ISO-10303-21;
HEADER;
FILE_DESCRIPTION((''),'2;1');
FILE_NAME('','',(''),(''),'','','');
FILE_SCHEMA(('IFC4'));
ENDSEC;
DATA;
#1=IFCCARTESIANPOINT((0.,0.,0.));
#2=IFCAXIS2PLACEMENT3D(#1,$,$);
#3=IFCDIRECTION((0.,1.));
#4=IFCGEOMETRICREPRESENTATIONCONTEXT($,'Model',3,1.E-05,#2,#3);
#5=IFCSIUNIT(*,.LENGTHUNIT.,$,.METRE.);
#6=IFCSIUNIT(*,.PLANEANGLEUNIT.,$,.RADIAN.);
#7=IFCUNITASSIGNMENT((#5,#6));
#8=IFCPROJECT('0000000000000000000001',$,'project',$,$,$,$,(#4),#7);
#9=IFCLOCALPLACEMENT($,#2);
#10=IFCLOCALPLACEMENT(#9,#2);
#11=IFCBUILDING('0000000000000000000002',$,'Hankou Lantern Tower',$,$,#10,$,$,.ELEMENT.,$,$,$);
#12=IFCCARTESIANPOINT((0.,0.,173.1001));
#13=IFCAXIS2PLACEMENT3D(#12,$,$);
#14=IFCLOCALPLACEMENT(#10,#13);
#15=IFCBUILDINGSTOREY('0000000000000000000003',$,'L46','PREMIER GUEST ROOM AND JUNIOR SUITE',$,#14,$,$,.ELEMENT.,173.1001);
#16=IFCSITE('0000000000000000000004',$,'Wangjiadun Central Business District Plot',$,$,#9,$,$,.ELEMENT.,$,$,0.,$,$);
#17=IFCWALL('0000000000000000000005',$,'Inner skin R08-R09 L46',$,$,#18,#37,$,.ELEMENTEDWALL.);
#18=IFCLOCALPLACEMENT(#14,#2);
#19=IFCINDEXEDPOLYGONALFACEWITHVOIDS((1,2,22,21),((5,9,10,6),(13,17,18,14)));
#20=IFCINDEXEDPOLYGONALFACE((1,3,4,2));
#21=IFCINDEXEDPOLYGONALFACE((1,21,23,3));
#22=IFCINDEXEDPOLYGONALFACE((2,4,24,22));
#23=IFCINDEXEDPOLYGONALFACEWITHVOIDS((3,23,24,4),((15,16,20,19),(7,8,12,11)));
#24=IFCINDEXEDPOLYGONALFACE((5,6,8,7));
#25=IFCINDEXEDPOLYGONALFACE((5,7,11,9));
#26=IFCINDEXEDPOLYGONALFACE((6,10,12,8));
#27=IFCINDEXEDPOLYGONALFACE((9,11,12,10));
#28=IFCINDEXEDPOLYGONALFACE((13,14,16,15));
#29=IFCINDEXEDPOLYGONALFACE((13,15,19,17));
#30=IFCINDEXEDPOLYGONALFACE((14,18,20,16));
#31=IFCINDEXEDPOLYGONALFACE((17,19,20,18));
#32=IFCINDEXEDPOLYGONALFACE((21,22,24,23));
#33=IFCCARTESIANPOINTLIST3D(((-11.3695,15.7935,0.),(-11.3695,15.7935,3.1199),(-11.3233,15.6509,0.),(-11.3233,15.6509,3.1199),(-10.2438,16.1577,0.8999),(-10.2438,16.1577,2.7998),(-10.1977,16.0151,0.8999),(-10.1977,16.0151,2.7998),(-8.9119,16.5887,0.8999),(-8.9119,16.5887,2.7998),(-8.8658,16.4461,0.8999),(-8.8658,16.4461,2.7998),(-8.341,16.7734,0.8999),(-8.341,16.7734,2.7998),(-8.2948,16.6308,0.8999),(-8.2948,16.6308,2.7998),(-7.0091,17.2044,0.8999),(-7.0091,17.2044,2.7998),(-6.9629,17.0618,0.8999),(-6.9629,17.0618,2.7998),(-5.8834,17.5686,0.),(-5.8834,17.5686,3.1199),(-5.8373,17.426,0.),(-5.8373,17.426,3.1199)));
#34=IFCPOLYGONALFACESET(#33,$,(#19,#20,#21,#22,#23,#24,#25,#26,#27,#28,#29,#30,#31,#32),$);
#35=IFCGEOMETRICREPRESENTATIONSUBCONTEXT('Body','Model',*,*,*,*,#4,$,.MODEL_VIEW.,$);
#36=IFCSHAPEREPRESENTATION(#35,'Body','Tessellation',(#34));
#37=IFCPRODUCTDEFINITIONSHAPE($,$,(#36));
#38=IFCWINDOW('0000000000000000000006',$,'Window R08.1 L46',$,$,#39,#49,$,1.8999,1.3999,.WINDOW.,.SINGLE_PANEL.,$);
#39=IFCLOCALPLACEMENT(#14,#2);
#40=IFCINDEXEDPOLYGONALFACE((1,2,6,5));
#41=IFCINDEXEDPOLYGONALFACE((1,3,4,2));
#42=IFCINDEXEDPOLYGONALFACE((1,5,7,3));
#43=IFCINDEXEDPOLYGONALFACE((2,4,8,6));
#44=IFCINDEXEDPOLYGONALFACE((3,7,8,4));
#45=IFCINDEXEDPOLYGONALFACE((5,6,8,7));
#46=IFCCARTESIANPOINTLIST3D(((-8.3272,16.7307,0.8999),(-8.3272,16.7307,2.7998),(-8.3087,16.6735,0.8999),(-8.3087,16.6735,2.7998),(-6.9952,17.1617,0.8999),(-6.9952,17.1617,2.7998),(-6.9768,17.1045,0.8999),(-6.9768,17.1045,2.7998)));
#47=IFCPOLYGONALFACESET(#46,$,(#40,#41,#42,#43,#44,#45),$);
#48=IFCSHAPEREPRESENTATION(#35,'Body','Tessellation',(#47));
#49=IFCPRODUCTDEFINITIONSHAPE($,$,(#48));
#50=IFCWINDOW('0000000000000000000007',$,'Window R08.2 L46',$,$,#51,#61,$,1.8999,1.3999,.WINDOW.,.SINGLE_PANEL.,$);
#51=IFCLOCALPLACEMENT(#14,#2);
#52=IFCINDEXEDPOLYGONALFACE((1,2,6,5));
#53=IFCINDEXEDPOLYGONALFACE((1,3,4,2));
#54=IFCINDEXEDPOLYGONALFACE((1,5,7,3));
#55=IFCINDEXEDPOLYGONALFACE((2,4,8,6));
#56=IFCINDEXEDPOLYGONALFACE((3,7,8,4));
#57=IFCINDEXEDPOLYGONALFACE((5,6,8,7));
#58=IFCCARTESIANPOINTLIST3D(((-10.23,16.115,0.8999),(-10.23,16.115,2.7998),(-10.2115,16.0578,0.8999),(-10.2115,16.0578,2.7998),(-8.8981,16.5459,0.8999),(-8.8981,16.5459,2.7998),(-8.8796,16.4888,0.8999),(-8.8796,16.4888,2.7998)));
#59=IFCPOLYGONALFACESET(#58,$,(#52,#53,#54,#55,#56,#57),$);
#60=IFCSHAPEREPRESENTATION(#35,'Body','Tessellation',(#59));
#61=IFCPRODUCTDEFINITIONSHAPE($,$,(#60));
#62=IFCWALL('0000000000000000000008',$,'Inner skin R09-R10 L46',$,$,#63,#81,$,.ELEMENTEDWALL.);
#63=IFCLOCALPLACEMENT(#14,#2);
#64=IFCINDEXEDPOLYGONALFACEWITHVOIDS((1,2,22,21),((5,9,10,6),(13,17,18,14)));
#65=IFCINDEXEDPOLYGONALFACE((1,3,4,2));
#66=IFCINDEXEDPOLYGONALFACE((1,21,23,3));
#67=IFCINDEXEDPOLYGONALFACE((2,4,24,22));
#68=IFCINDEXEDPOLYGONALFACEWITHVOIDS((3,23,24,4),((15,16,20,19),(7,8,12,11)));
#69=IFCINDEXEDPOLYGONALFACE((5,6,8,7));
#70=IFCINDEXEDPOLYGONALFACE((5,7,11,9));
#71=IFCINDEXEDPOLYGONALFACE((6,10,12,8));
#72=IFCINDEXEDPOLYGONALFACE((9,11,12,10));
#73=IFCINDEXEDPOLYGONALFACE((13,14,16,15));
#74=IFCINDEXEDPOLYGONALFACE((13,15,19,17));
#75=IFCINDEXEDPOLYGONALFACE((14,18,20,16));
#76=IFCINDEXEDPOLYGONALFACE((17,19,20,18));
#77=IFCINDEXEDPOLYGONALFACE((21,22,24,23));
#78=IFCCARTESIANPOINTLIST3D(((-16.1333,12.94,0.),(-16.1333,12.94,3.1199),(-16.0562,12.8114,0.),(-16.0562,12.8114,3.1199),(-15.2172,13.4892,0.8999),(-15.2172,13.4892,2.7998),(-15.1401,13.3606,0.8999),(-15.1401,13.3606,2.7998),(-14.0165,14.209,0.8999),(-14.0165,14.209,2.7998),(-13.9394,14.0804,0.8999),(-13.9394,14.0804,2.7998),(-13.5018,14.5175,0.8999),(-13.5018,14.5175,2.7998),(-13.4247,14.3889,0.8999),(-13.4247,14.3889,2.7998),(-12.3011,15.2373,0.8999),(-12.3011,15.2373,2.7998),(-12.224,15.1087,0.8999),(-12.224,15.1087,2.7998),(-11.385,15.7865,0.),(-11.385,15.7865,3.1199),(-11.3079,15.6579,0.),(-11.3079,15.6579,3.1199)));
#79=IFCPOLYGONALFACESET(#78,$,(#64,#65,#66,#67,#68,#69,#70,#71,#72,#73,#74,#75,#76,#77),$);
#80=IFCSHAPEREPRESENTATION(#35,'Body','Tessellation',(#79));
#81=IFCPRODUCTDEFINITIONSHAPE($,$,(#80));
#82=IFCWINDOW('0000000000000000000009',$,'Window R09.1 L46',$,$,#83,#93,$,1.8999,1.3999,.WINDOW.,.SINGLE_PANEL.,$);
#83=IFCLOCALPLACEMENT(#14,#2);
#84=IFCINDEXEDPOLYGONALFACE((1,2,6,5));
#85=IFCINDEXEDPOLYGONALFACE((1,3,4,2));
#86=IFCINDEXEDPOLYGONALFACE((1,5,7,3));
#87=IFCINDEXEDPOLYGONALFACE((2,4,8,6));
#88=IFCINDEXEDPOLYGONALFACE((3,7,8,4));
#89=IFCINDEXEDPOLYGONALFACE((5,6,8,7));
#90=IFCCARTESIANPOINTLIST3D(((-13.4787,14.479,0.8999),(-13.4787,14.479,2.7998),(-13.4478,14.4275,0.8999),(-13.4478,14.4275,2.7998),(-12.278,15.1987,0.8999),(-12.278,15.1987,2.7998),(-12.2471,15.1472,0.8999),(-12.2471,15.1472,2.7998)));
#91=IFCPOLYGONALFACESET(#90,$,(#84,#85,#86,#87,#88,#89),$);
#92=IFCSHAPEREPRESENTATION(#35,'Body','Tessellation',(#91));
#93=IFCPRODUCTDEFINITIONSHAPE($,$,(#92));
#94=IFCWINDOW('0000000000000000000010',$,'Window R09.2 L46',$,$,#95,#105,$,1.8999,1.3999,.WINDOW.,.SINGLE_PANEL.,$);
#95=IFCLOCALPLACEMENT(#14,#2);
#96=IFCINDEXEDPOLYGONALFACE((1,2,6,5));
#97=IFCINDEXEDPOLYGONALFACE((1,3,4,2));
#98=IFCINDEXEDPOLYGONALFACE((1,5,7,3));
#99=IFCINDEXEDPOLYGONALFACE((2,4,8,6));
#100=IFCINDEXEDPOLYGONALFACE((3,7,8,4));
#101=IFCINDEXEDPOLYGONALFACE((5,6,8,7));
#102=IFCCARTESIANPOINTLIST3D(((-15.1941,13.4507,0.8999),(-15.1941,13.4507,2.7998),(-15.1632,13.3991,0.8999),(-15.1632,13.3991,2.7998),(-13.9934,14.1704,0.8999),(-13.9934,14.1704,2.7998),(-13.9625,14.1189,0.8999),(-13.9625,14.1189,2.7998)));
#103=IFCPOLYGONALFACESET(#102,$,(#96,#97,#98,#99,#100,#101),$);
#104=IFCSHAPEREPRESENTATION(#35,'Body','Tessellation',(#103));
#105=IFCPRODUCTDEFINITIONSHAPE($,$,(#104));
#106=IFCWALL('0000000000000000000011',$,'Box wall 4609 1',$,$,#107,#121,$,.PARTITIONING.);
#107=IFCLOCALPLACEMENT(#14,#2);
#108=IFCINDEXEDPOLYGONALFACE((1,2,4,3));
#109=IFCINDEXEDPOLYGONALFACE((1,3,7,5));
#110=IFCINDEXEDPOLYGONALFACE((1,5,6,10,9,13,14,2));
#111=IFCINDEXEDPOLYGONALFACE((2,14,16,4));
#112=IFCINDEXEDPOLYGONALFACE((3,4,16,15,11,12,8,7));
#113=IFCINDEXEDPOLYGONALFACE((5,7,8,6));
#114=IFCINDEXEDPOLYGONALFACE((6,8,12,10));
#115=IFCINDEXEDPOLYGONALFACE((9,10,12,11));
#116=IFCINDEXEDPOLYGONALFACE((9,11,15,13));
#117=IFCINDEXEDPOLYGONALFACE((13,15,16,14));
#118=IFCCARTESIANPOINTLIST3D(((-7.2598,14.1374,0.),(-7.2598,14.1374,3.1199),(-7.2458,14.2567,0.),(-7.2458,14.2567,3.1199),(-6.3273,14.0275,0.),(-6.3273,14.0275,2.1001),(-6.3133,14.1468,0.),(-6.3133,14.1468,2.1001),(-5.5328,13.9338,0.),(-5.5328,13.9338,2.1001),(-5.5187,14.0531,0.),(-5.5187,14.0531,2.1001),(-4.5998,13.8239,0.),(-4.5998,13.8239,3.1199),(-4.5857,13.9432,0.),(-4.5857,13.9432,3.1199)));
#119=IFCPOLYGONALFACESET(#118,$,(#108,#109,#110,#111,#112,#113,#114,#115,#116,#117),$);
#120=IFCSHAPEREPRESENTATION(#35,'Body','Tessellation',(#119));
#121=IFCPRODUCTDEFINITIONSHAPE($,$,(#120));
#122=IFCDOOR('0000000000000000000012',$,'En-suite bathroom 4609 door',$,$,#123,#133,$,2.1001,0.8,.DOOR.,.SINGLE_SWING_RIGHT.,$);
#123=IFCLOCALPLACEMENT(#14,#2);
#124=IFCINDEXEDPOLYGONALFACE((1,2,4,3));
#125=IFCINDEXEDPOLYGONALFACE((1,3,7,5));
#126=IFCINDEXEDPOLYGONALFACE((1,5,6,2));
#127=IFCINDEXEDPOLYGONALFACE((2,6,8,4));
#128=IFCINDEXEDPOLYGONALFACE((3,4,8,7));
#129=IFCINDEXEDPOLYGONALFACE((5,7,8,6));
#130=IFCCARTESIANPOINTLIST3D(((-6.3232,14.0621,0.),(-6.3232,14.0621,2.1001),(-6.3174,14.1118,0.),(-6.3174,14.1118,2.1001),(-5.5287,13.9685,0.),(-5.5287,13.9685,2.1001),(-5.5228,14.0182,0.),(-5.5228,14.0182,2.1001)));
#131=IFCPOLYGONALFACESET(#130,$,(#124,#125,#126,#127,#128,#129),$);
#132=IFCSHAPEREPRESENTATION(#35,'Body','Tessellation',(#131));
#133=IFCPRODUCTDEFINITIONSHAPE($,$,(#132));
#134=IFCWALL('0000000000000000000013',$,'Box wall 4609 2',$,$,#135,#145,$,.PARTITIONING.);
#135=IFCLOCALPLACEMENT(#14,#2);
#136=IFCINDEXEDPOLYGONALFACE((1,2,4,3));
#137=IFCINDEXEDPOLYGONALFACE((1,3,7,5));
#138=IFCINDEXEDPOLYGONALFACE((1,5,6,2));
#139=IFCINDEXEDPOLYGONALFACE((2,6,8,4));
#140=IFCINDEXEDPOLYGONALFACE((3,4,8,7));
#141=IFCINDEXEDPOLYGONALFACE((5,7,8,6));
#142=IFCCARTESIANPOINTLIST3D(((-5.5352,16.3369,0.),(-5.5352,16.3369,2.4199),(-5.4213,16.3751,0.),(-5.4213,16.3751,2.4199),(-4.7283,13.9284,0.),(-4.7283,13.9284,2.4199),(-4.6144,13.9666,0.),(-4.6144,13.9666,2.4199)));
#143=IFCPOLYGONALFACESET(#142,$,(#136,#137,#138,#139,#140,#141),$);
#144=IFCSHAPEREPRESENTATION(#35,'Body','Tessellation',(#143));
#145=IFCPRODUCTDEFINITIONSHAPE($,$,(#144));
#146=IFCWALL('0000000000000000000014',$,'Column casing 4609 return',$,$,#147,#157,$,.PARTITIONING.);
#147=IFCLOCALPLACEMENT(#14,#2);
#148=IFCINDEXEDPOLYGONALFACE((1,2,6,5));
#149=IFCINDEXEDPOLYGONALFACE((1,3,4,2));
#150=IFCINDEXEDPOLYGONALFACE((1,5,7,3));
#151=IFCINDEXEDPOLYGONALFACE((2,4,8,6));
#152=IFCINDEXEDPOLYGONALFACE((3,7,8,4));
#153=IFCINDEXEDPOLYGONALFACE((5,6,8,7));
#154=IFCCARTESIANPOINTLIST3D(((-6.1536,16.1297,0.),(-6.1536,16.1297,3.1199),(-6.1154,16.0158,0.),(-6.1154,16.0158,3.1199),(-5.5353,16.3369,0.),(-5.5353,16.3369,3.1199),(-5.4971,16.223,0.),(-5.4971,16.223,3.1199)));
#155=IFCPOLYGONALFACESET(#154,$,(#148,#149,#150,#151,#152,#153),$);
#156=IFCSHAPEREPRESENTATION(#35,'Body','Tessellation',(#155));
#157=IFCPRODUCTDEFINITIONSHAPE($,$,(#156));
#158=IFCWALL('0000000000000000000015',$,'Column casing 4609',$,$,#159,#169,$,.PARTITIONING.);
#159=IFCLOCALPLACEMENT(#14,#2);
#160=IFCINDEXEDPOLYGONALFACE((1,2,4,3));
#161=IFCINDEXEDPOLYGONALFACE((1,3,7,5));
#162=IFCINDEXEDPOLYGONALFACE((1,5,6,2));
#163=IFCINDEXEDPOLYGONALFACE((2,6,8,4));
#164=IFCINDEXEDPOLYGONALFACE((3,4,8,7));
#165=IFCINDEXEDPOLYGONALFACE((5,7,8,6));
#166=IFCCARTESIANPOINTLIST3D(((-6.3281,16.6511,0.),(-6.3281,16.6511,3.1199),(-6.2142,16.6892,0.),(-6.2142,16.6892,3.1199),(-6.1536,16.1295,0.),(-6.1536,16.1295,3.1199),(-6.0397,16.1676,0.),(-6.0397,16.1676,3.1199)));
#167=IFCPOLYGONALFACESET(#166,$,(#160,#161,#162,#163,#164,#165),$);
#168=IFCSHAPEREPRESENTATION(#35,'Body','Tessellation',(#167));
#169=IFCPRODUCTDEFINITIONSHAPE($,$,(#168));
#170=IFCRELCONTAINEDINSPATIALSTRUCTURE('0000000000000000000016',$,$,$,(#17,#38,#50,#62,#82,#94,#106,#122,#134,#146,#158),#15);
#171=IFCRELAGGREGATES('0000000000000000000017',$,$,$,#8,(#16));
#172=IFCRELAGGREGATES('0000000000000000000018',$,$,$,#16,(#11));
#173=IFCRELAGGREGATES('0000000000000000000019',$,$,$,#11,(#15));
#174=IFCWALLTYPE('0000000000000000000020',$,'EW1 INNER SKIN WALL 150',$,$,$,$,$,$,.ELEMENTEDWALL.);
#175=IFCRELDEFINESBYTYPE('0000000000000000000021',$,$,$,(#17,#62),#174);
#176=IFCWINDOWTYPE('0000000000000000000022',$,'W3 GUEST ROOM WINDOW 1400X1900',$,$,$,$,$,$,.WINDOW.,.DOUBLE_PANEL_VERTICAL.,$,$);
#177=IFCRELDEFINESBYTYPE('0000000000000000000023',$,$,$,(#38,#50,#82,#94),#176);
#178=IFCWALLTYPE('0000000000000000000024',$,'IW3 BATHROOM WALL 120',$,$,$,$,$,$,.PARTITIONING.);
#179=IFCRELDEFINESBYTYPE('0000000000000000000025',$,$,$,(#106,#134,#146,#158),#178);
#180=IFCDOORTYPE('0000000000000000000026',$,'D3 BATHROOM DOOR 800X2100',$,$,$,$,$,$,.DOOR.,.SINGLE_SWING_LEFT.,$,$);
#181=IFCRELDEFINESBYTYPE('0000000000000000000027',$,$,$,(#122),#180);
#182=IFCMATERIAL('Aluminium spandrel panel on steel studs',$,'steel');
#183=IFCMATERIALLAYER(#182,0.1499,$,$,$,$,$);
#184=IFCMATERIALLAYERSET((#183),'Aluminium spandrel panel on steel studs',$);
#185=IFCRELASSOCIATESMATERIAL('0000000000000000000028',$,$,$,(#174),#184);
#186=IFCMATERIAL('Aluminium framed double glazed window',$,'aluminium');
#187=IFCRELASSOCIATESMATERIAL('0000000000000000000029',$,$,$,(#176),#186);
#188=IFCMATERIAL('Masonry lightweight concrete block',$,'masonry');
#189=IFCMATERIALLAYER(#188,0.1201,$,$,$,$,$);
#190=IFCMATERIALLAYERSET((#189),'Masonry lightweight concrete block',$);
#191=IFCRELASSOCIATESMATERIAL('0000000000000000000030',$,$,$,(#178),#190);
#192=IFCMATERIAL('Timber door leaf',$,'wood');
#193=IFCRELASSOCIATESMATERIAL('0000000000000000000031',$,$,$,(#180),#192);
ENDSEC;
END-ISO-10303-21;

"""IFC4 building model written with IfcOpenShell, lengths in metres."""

from ifc_helpers import new_model, si_unit, direction, frame, frame_2d, origin, place, context, subcontext, project, spatial, rectangle, extrude, material, layer, layer_set, type_object, element, fill, save


model = new_model("IFC4")

# Units and contexts
model_context = context("Model", 3, precision=1e-05, world=origin(), true_north=direction((0.0, 1.0)))
body_context = subcontext(model_context, "Body", "Model", "MODEL_VIEW")
ifc_project = project(units=[si_unit("LENGTHUNIT", "METRE"), si_unit("PLANEANGLEUNIT", "RADIAN")], contexts=[model_context])

# Site, building, storey
site_placement = place(None, origin())
site = spatial("IfcSite", under=ifc_project, at=site_placement, Name="Wangjiadun Central Business District Plot", CompositionType="ELEMENT", RefElevation=0.0)
building_placement = place(site_placement, origin())
building = spatial("IfcBuilding", under=site, at=building_placement, Name="Hankou Lantern Tower", CompositionType="ELEMENT")
storey_placement = place(building_placement, frame((0.0, 0.0, 173.1001)))
storey = spatial("IfcBuildingStorey", under=building, at=storey_placement, Name="L46", Description="PREMIER GUEST ROOM AND JUNIOR SUITE", CompositionType="ELEMENT", Elevation=173.1001)

# Walls, openings, windows
ifc_material_1 = material(Name="Aluminium spandrel panel on steel studs", Category="steel")
ifc_layer_1 = layer(ifc_material_1, 0.1499)
ifc_layer_set_1 = layer_set([ifc_layer_1], Name="Aluminium spandrel panel on steel studs")
wall_type_1 = type_object("IfcWallType", Name="EW1 INNER SKIN WALL 150", PredefinedType="ELEMENTEDWALL", material=ifc_layer_set_1)
wall_1_placement = place(storey_placement, frame((-5.8604, 17.4973, 0.0), z_axis=(0.0, 0.0, 1.0), x_axis=(-0.951432, -0.307857, 0.0)))
wall_1 = element("IfcWall", 1, at=wall_1_placement, inside=storey, type_object=wall_type_1, Name="Inner skin R08-R09 L46", PredefinedType="ELEMENTEDWALL", context=body_context, shape_type="SweptSolid", body=[
    extrude(rectangle(XDim=5.7661, YDim=0.1499, at=frame_2d((2.8831, 0.0))), origin(), (0.0, 0.0, 1.0), 3.1199),
])
opening_1_placement = place(wall_1_placement, frame((1.1831, 0.0, 0.8999)))
opening_1 = element("IfcOpeningElement", 2, at=opening_1_placement, cuts=wall_1, PredefinedType="OPENING", context=body_context, shape_type="SweptSolid", body=[
    extrude(rectangle(XDim=1.3999, YDim=1.8999, at=frame_2d((0.7, 0.95))), frame((0.0, 0.085, 0.0), z_axis=(0.0, -1.0, 0.0), x_axis=(1.0, 0.0, 0.0)), (0.0, 0.0, 1.0), 0.1699),
])
opening_2_placement = place(wall_1_placement, frame((3.1831, 0.0, 0.8999)))
opening_2 = element("IfcOpeningElement", 3, at=opening_2_placement, cuts=wall_1, PredefinedType="OPENING", context=body_context, shape_type="SweptSolid", body=[
    extrude(rectangle(XDim=1.3999, YDim=1.8999, at=frame_2d((0.7, 0.95))), frame((0.0, 0.085, 0.0), z_axis=(0.0, -1.0, 0.0), x_axis=(1.0, 0.0, 0.0)), (0.0, 0.0, 1.0), 0.1699),
])
ifc_material_2 = material(Name="Aluminium framed double glazed window", Category="aluminium")
window_type = type_object("IfcWindowType", Name="W3 GUEST ROOM WINDOW 1400X1900", PartitioningType="DOUBLE_PANEL_VERTICAL", PredefinedType="WINDOW", material=ifc_material_2)
window_1_placement = place(opening_1_placement, origin())
window_1 = element("IfcWindow", 4, at=window_1_placement, inside=storey, type_object=window_type, Name="Window R08.1 L46", OverallHeight=1.8999, OverallWidth=1.3999, PartitioningType="SINGLE_PANEL", PredefinedType="WINDOW", context=body_context, shape_type="SweptSolid", body=[
    extrude(rectangle(XDim=1.3999, YDim=1.8999, at=frame_2d((0.7, 0.95))), frame((0.0, 0.03, 0.0), z_axis=(0.0, -1.0, 0.0), x_axis=(1.0, 0.0, 0.0)), (0.0, 0.0, 1.0), 0.0601),
])
fill(opening_1, window_1)
window_2_placement = place(opening_2_placement, origin())
window_2 = element("IfcWindow", 5, at=window_2_placement, inside=storey, type_object=window_type, Name="Window R08.2 L46", OverallHeight=1.8999, OverallWidth=1.3999, PartitioningType="SINGLE_PANEL", PredefinedType="WINDOW", context=body_context, shape_type="SweptSolid", body=[
    extrude(rectangle(XDim=1.3999, YDim=1.8999, at=frame_2d((0.7, 0.95))), frame((0.0, 0.03, 0.0), z_axis=(0.0, -1.0, 0.0), x_axis=(1.0, 0.0, 0.0)), (0.0, 0.0, 1.0), 0.0601),
])
fill(opening_2, window_2)
wall_2_placement = place(storey_placement, frame((-11.3464, 15.7222, 0.0), z_axis=(0.0, 0.0, 1.0), x_axis=(-0.857695, -0.514158, 0.0)))
wall_2 = element("IfcWall", 6, at=wall_2_placement, inside=storey, type_object=wall_type_1, Name="Inner skin R09-R10 L46", PredefinedType="ELEMENTEDWALL", context=body_context, shape_type="SweptSolid", body=[
    extrude(rectangle(XDim=5.5361, YDim=0.1499, at=frame_2d((2.7681, 0.0))), origin(), (0.0, 0.0, 1.0), 3.1199),
])
opening_3_placement = place(wall_2_placement, frame((1.0681, 0.0, 0.8999)))
opening_3 = element("IfcOpeningElement", 7, at=opening_3_placement, cuts=wall_2, PredefinedType="OPENING", context=body_context, shape_type="SweptSolid", body=[
    extrude(rectangle(XDim=1.3999, YDim=1.8999, at=frame_2d((0.7, 0.95))), frame((0.0, 0.085, 0.0), z_axis=(0.0, -1.0, 0.0), x_axis=(1.0, 0.0, 0.0)), (0.0, 0.0, 1.0), 0.1699),
])
opening_4_placement = place(wall_2_placement, frame((3.0681, 0.0, 0.8999)))
opening_4 = element("IfcOpeningElement", 8, at=opening_4_placement, cuts=wall_2, PredefinedType="OPENING", context=body_context, shape_type="SweptSolid", body=[
    extrude(rectangle(XDim=1.3999, YDim=1.8999, at=frame_2d((0.7, 0.95))), frame((0.0, 0.085, 0.0), z_axis=(0.0, -1.0, 0.0), x_axis=(1.0, 0.0, 0.0)), (0.0, 0.0, 1.0), 0.1699),
])
window_3_placement = place(opening_3_placement, origin())
window_3 = element("IfcWindow", 9, at=window_3_placement, inside=storey, type_object=window_type, Name="Window R09.1 L46", OverallHeight=1.8999, OverallWidth=1.3999, PartitioningType="SINGLE_PANEL", PredefinedType="WINDOW", context=body_context, shape_type="SweptSolid", body=[
    extrude(rectangle(XDim=1.3999, YDim=1.8999, at=frame_2d((0.7, 0.95))), frame((0.0, 0.03, 0.0), z_axis=(0.0, -1.0, 0.0), x_axis=(1.0, 0.0, 0.0)), (0.0, 0.0, 1.0), 0.0601),
])
fill(opening_3, window_3)
window_4_placement = place(opening_4_placement, origin())
window_4 = element("IfcWindow", 10, at=window_4_placement, inside=storey, type_object=window_type, Name="Window R09.2 L46", OverallHeight=1.8999, OverallWidth=1.3999, PartitioningType="SINGLE_PANEL", PredefinedType="WINDOW", context=body_context, shape_type="SweptSolid", body=[
    extrude(rectangle(XDim=1.3999, YDim=1.8999, at=frame_2d((0.7, 0.95))), frame((0.0, 0.03, 0.0), z_axis=(0.0, -1.0, 0.0), x_axis=(1.0, 0.0, 0.0)), (0.0, 0.0, 1.0), 0.0601),
])
fill(opening_4, window_4)

# Wall, opening, door
ifc_material_3 = material(Name="Masonry lightweight concrete block", Category="masonry")
ifc_layer_2 = layer(ifc_material_3, 0.1201)
ifc_layer_set_2 = layer_set([ifc_layer_2], Name="Masonry lightweight concrete block")
wall_type_2 = type_object("IfcWallType", Name="IW3 BATHROOM WALL 120", PredefinedType="PARTITIONING", material=ifc_layer_set_2)
wall_3_placement = place(storey_placement, frame((-7.2529, 14.197, 0.0), z_axis=(0.0, 0.0, 1.0), x_axis=(0.993128, -0.117032, 0.0)))
wall_3 = element("IfcWall", 11, at=wall_3_placement, inside=storey, type_object=wall_type_2, Name="Box wall 4609 1", PredefinedType="PARTITIONING", context=body_context, shape_type="SweptSolid", body=[
    extrude(rectangle(XDim=2.6785, YDim=0.1201, at=frame_2d((1.3394, 0.0))), origin(), (0.0, 0.0, 1.0), 3.1199),
])
opening_5_placement = place(wall_3_placement, frame((0.9392, 0.0, 0.0)))
opening_5 = element("IfcOpeningElement", 12, at=opening_5_placement, cuts=wall_3, PredefinedType="OPENING", context=body_context, shape_type="SweptSolid", body=[
    extrude(rectangle(XDim=0.8, YDim=2.1001, at=frame_2d((0.3999, 1.05))), frame((0.0, 0.0701, 0.0), z_axis=(0.0, -1.0, 0.0), x_axis=(1.0, 0.0, 0.0)), (0.0, 0.0, 1.0), 0.1401),
])
ifc_material_4 = material(Name="Timber door leaf", Category="wood")
door_type = type_object("IfcDoorType", Name="D3 BATHROOM DOOR 800X2100", OperationType="SINGLE_SWING_LEFT", PredefinedType="DOOR", material=ifc_material_4)
door_placement = place(opening_5_placement, origin())
door = element("IfcDoor", 13, at=door_placement, inside=storey, type_object=door_type, Name="En-suite bathroom 4609 door", OperationType="SINGLE_SWING_RIGHT", OverallHeight=2.1001, OverallWidth=0.8, PredefinedType="DOOR", context=body_context, shape_type="SweptSolid", body=[
    extrude(rectangle(XDim=0.8, YDim=2.1001, at=frame_2d((0.3999, 1.05))), frame((0.0, 0.0249, 0.0), z_axis=(0.0, -1.0, 0.0), x_axis=(1.0, 0.0, 0.0)), (0.0, 0.0, 1.0), 0.05),
])
fill(opening_5, door)

# Walls
wall_4_placement = place(storey_placement, frame((-4.6714, 13.9475, 0.0), z_axis=(0.0, 0.0, 1.0), x_axis=(-0.317669, 0.948202, 0.0)))
element("IfcWall", 14, at=wall_4_placement, inside=storey, type_object=wall_type_2, Name="Box wall 4609 2", PredefinedType="PARTITIONING", context=body_context, shape_type="SweptSolid", body=[
    extrude(rectangle(XDim=2.54, YDim=0.1201, at=frame_2d((1.27, 0.0))), origin(), (0.0, 0.0, 1.0), 2.4199),
])
wall_5_placement = place(storey_placement, frame((-5.5161, 16.28, 0.0), z_axis=(0.0, 0.0, 1.0), x_axis=(-0.948158, -0.317799, 0.0)))
element("IfcWall", 15, at=wall_5_placement, inside=storey, type_object=wall_type_2, Name="Column casing 4609 return", PredefinedType="PARTITIONING", context=body_context, shape_type="SweptSolid", body=[
    extrude(rectangle(XDim=0.6521, YDim=0.1201, at=frame_2d((0.3262, 0.0))), origin(), (0.0, 0.0, 1.0), 3.1199),
])
wall_6_placement = place(storey_placement, frame((-6.0967, 16.1487, 0.0), z_axis=(0.0, 0.0, 1.0), x_axis=(-0.317293, 0.948328, 0.0)))
element("IfcWall", 16, at=wall_6_placement, inside=storey, type_object=wall_type_2, Name="Column casing 4609", PredefinedType="PARTITIONING", context=body_context, shape_type="SweptSolid", body=[
    extrude(rectangle(XDim=0.55, YDim=0.1201, at=frame_2d((0.2749, 0.0))), origin(), (0.0, 0.0, 1.0), 3.1199),
])

save(model, "model.ifc")
